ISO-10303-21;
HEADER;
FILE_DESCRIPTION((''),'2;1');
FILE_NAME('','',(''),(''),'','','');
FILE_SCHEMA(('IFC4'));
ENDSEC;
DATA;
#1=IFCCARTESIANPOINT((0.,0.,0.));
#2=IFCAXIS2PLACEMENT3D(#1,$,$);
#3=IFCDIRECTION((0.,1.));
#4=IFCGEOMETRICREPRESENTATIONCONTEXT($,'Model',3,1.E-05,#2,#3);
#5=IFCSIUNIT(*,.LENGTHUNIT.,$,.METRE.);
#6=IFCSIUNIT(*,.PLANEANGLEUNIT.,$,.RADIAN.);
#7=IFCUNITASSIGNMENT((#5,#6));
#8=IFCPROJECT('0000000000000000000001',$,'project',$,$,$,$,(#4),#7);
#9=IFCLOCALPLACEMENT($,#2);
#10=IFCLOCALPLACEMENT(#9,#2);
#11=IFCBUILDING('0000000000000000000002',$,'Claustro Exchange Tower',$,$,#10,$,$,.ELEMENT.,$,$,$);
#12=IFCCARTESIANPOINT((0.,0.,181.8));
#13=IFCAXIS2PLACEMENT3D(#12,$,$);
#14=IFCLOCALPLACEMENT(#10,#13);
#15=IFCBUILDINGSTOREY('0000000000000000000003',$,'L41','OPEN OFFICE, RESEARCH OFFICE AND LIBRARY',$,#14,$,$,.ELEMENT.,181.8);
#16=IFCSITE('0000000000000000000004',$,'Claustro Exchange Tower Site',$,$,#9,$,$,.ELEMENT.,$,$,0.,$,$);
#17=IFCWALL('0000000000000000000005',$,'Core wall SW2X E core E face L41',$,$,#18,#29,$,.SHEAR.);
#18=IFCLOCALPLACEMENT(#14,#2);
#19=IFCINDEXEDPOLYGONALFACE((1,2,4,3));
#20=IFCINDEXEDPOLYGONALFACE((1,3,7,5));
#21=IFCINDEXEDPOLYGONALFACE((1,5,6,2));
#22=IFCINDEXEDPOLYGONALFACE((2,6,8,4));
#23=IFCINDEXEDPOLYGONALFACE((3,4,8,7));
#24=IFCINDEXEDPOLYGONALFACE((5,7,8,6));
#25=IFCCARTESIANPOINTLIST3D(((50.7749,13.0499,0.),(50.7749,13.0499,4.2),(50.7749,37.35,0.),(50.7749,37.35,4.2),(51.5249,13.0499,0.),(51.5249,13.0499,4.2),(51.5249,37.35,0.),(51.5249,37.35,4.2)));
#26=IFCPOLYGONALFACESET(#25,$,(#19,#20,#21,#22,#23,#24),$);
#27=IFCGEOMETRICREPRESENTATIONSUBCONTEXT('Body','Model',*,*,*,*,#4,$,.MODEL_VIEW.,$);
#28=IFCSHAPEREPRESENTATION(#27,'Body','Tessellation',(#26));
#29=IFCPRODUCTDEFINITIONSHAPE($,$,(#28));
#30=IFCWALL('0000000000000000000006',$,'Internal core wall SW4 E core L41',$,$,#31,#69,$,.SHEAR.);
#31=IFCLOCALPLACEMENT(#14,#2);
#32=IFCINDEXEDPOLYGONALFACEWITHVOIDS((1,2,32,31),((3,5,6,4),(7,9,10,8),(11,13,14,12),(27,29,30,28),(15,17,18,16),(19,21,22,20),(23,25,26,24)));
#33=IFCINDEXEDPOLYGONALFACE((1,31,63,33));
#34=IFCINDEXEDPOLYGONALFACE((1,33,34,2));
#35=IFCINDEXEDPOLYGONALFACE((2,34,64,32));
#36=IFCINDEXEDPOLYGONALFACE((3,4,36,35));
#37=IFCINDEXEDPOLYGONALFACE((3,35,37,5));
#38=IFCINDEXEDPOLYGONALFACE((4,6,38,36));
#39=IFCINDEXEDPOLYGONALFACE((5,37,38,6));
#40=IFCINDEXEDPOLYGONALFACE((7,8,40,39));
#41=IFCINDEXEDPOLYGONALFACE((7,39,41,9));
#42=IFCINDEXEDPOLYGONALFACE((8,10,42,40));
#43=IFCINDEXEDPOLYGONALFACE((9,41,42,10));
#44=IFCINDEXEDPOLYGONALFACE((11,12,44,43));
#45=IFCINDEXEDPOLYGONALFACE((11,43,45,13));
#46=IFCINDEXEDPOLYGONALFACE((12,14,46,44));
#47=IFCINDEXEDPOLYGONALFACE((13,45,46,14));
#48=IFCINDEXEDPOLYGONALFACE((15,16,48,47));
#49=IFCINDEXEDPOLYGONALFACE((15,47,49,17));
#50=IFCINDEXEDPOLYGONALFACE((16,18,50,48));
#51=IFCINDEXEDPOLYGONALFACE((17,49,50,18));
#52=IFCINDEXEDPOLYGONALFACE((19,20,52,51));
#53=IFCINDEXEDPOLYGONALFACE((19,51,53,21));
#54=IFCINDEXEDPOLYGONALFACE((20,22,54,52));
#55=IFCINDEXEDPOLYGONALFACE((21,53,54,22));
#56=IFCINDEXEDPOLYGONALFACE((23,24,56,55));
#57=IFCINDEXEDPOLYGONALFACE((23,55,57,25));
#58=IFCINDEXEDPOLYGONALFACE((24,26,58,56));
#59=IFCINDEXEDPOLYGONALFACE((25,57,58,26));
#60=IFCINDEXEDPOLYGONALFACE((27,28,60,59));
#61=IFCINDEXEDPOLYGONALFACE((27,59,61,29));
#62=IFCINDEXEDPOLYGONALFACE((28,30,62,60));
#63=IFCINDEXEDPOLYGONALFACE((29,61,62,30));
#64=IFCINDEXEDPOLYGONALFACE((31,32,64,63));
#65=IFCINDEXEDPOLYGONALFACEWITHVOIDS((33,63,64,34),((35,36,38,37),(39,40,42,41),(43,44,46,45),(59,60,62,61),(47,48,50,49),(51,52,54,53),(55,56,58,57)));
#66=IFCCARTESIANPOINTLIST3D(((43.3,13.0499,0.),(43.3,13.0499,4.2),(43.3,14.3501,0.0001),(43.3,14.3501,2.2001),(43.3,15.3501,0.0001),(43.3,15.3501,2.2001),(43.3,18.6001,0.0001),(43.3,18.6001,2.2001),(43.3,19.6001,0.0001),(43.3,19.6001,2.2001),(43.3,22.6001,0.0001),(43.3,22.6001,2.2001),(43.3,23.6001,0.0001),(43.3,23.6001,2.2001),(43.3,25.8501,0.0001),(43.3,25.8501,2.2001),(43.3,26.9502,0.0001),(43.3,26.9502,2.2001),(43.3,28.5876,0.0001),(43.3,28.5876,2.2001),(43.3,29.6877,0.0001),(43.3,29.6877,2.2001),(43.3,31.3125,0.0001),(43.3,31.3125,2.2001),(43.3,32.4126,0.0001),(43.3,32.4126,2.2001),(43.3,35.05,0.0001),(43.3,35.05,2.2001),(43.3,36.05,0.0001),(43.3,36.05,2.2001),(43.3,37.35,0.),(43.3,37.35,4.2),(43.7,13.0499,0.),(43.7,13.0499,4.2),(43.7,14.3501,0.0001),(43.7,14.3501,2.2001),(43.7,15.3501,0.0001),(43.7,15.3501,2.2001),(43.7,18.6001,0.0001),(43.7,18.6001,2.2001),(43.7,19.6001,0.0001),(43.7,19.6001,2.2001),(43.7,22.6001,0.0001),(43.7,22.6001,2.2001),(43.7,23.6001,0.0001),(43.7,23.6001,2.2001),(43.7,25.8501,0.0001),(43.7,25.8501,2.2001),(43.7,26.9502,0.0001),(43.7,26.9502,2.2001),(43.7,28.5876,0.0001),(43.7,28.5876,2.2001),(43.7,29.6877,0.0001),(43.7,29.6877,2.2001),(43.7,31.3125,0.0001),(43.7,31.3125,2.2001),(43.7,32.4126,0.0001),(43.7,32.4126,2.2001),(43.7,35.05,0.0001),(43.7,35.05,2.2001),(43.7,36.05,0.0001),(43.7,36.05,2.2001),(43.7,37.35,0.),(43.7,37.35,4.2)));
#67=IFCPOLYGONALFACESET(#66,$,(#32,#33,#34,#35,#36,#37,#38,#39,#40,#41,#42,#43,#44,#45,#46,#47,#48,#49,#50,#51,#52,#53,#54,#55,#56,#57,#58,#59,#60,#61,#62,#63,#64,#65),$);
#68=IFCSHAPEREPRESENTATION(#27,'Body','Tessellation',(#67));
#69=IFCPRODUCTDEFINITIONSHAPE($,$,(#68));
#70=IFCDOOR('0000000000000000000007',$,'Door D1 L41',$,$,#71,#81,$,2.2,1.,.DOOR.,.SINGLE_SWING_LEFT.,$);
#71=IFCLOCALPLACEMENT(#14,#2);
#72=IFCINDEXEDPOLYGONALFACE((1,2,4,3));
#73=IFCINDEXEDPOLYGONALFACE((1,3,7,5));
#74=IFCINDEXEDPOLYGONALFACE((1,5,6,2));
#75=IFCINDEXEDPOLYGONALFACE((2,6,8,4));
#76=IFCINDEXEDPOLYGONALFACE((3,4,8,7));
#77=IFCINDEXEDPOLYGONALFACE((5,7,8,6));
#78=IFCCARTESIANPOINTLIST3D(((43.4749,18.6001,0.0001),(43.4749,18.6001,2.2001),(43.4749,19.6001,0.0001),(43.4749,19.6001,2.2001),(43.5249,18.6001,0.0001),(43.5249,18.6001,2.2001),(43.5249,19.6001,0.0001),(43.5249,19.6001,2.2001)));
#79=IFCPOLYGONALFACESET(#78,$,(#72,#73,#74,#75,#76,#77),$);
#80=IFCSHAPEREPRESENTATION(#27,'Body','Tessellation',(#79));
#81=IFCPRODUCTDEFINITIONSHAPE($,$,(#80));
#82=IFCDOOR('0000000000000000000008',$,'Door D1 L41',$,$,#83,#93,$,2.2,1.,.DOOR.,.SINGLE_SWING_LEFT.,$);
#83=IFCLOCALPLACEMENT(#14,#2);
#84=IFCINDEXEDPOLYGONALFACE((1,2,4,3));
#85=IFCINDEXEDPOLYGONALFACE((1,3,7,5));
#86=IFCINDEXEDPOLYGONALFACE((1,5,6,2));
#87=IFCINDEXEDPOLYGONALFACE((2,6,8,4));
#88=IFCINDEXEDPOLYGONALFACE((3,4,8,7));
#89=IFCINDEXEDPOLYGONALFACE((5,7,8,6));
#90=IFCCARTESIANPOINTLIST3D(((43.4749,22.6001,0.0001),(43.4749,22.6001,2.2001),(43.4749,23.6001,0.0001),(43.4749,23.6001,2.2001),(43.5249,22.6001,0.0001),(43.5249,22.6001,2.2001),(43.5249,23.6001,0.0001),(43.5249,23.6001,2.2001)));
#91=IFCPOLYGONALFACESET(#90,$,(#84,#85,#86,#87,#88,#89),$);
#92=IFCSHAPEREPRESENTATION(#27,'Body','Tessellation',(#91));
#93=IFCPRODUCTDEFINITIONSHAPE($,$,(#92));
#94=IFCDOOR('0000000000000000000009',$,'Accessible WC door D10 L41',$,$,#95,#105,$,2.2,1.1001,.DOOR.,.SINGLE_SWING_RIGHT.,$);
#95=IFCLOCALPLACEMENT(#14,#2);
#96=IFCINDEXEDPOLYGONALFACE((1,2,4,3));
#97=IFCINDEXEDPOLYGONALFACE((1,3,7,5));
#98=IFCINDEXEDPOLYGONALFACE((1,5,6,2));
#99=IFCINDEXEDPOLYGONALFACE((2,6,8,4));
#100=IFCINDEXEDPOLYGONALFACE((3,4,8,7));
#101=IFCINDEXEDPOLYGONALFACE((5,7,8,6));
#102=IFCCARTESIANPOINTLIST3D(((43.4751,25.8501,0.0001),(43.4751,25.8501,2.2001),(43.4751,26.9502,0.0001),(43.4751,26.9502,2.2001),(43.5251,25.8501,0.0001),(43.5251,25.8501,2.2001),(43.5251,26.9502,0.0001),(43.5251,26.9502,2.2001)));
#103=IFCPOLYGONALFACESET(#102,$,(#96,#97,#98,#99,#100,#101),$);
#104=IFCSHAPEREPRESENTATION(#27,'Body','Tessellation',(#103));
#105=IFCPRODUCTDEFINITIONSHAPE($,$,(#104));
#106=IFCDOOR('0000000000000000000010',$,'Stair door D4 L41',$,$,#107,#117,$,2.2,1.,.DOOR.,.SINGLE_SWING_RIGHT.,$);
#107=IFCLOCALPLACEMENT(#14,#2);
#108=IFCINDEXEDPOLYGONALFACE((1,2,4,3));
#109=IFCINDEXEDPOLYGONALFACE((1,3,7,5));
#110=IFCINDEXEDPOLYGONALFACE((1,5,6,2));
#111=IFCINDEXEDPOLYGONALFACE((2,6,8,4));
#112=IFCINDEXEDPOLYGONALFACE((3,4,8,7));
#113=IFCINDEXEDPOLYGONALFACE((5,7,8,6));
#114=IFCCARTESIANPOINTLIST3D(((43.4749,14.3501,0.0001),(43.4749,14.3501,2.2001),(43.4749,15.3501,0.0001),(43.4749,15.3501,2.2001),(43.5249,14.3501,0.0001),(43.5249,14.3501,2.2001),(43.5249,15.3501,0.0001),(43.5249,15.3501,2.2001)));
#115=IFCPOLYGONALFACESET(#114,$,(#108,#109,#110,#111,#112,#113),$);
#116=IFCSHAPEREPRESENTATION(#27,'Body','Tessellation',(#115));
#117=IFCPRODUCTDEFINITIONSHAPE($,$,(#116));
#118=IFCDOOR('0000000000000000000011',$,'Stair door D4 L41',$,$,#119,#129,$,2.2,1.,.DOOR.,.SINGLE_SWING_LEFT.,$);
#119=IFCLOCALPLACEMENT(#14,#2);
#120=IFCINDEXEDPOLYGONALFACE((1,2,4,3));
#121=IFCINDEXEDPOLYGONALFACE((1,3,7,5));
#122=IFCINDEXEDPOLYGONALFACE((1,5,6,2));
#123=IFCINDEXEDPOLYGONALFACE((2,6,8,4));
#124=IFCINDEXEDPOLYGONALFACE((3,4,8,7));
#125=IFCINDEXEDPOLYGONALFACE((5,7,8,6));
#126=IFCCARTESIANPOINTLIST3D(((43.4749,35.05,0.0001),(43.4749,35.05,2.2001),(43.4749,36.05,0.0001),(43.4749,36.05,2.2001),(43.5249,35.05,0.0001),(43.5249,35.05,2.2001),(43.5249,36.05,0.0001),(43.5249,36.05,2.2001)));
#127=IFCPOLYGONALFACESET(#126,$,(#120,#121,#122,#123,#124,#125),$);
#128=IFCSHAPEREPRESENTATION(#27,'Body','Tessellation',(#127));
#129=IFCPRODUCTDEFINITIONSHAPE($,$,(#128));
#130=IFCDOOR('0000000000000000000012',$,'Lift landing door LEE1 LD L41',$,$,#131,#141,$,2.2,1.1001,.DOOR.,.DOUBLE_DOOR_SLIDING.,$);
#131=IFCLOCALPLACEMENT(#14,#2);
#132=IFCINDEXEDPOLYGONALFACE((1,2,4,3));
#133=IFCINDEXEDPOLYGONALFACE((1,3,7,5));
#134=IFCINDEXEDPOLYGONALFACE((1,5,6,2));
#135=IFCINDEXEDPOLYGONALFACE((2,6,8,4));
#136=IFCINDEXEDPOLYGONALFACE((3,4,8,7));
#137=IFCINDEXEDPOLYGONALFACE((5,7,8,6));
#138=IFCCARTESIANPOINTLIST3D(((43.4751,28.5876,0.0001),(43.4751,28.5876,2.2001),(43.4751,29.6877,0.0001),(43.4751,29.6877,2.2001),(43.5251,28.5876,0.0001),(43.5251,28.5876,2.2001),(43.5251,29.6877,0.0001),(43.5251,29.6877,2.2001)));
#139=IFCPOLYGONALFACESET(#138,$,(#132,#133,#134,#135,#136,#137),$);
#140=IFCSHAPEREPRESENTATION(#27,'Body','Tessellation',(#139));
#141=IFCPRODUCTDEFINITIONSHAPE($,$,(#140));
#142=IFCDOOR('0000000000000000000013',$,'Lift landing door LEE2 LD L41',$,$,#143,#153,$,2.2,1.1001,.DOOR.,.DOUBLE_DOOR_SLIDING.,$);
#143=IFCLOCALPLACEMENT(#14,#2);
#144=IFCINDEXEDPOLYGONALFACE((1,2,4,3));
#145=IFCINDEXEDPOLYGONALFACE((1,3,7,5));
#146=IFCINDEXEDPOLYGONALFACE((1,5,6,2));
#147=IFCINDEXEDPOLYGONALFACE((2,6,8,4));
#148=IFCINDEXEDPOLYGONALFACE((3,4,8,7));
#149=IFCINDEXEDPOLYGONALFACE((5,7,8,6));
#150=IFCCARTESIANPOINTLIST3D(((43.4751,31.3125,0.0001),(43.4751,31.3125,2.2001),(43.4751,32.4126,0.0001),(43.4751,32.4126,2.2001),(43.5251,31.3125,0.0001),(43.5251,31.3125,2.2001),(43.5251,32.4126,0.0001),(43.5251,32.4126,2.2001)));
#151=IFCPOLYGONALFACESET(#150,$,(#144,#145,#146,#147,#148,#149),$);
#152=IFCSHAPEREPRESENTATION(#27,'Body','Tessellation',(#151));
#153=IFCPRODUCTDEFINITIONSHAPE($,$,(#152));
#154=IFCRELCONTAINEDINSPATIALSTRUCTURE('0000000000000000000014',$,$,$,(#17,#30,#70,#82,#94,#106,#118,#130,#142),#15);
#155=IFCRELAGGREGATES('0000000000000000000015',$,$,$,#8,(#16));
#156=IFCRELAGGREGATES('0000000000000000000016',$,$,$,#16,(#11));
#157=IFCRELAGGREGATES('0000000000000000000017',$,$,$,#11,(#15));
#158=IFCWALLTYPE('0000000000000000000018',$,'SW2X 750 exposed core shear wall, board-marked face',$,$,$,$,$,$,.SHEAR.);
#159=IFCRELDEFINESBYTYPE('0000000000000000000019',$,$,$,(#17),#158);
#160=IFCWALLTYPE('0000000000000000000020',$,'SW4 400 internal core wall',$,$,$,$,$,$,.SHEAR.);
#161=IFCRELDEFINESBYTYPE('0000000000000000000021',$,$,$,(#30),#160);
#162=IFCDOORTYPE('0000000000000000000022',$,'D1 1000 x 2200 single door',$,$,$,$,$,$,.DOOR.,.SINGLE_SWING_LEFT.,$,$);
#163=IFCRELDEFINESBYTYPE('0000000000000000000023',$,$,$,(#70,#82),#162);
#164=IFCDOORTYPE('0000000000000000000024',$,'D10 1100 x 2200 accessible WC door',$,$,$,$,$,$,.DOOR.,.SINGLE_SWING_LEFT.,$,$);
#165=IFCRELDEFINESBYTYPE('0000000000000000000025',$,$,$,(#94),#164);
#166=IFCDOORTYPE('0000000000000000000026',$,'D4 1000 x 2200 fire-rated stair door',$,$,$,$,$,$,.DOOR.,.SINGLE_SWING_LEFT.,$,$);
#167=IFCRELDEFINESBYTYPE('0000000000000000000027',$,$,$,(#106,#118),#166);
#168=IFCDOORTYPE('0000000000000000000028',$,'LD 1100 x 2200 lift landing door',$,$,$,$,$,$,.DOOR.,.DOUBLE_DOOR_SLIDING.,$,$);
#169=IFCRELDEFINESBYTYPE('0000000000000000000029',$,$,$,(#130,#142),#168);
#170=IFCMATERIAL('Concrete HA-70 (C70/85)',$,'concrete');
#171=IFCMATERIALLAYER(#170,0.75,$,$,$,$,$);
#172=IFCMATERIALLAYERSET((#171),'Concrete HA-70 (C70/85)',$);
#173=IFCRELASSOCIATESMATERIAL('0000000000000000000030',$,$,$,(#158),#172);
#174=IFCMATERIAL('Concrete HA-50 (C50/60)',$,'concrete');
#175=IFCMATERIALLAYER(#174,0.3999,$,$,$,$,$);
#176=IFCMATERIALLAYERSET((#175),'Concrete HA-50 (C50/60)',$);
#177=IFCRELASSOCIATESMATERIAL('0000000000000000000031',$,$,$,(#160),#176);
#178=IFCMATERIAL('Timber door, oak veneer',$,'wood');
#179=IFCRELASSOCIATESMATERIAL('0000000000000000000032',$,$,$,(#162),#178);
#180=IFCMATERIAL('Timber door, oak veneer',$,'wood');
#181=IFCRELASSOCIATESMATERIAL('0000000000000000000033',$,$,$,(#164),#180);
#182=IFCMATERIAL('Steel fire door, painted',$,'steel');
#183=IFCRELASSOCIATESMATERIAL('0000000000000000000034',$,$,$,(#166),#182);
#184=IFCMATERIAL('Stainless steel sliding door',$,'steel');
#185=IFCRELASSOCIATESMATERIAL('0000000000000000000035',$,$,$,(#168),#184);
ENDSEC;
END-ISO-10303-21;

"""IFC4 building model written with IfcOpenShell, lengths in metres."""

from ifc_helpers import new_model, si_unit, direction, frame, frame_2d, origin, place, context, subcontext, project, spatial, rectangle, extrude, material, layer, layer_set, type_object, element, fill, save


model = new_model("IFC4")

# Units and contexts
model_context = context("Model", 3, precision=1e-05, world=origin(), true_north=direction((0.0, 1.0)))
body_context = subcontext(model_context, "Body", "Model", "MODEL_VIEW")
ifc_project = project(units=[si_unit("LENGTHUNIT", "METRE"), si_unit("PLANEANGLEUNIT", "RADIAN")], contexts=[model_context])

# Site, building, storey
site_placement = place(None, origin())
site = spatial("IfcSite", under=ifc_project, at=site_placement, Name="Claustro Exchange Tower Site", CompositionType="ELEMENT", RefElevation=0.0)
building_placement = place(site_placement, origin())
building = spatial("IfcBuilding", under=site, at=building_placement, Name="Claustro Exchange Tower", CompositionType="ELEMENT")
storey_placement = place(building_placement, frame((0.0, 0.0, 181.8)))
storey = spatial("IfcBuildingStorey", under=building, at=storey_placement, Name="L41", Description="OPEN OFFICE, RESEARCH OFFICE AND LIBRARY", CompositionType="ELEMENT", Elevation=181.8)

# Wall
ifc_material_1 = material(Name="Concrete HA-70 (C70/85)", Category="concrete")
ifc_layer_1 = layer(ifc_material_1, 0.75)
ifc_layer_set_1 = layer_set([ifc_layer_1], Name="Concrete HA-70 (C70/85)")
wall_type_1 = type_object("IfcWallType", Name="SW2X 750 exposed core shear wall, board-marked face", PredefinedType="SHEAR", material=ifc_layer_set_1)
wall_1_placement = place(storey_placement, frame((51.1499, 13.05, 0.0), z_axis=(0.0, 0.0, 1.0), x_axis=(0.0, 1.0, 0.0)))
element("IfcWall", 1, at=wall_1_placement, inside=storey, type_object=wall_type_1, Name="Core wall SW2X E core E face L41", PredefinedType="SHEAR", context=body_context, shape_type="SweptSolid", body=[
    extrude(rectangle(XDim=24.3, YDim=0.75, at=frame_2d((12.1499, 0.0))), origin(), (0.0, 0.0, 1.0), 4.2),
])

# Wall, openings, doors
ifc_material_2 = material(Name="Concrete HA-50 (C50/60)", Category="concrete")
ifc_layer_2 = layer(ifc_material_2, 0.3999)
ifc_layer_set_2 = layer_set([ifc_layer_2], Name="Concrete HA-50 (C50/60)")
wall_type_2 = type_object("IfcWallType", Name="SW4 400 internal core wall", PredefinedType="SHEAR", material=ifc_layer_set_2)
wall_2_placement = place(storey_placement, frame((43.5, 13.05, 0.0), z_axis=(0.0, 0.0, 1.0), x_axis=(0.0, 1.0, 0.0)))
wall_2 = element("IfcWall", 2, at=wall_2_placement, inside=storey, type_object=wall_type_2, Name="Internal core wall SW4 E core L41", PredefinedType="SHEAR", context=body_context, shape_type="SweptSolid", body=[
    extrude(rectangle(XDim=24.3, YDim=0.3999, at=frame_2d((12.1499, 0.0))), origin(), (0.0, 0.0, 1.0), 4.2),
])
opening_1_placement = place(wall_2_placement, frame((1.3, 0.0, 0.0)))
opening_1 = element("IfcOpeningElement", 3, at=opening_1_placement, cuts=wall_2, PredefinedType="OPENING", context=body_context, shape_type="SweptSolid", body=[
    extrude(rectangle(XDim=1.0, YDim=2.2, at=frame_2d((0.5, 1.1001))), frame((0.0, 0.21, 0.0), z_axis=(0.0, -1.0, 0.0), x_axis=(1.0, 0.0, 0.0)), (0.0, 0.0, 1.0), 0.4199),
])
opening_2_placement = place(wall_2_placement, frame((22.0, 0.0, 0.0)))
opening_2 = element("IfcOpeningElement", 4, at=opening_2_placement, cuts=wall_2, PredefinedType="OPENING", context=body_context, shape_type="SweptSolid", body=[
    extrude(rectangle(XDim=1.0, YDim=2.2, at=frame_2d((0.5, 1.1001))), frame((0.0, 0.21, 0.0), z_axis=(0.0, -1.0, 0.0), x_axis=(1.0, 0.0, 0.0)), (0.0, 0.0, 1.0), 0.4199),
])
opening_3_placement = place(wall_2_placement, frame((5.55, 0.0, 0.0)))
opening_3 = element("IfcOpeningElement", 5, at=opening_3_placement, cuts=wall_2, PredefinedType="OPENING", context=body_context, shape_type="SweptSolid", body=[
    extrude(rectangle(XDim=1.0, YDim=2.2, at=frame_2d((0.5, 1.1001))), frame((0.0, 0.21, 0.0), z_axis=(0.0, -1.0, 0.0), x_axis=(1.0, 0.0, 0.0)), (0.0, 0.0, 1.0), 0.4199),
])
opening_4_placement = place(wall_2_placement, frame((9.55, 0.0, 0.0)))
opening_4 = element("IfcOpeningElement", 6, at=opening_4_placement, cuts=wall_2, PredefinedType="OPENING", context=body_context, shape_type="SweptSolid", body=[
    extrude(rectangle(XDim=1.0, YDim=2.2, at=frame_2d((0.5, 1.1001))), frame((0.0, 0.21, 0.0), z_axis=(0.0, -1.0, 0.0), x_axis=(1.0, 0.0, 0.0)), (0.0, 0.0, 1.0), 0.4199),
])
opening_5_placement = place(wall_2_placement, frame((12.8, 0.0, 0.0)))
opening_5 = element("IfcOpeningElement", 7, at=opening_5_placement, cuts=wall_2, PredefinedType="OPENING", context=body_context, shape_type="SweptSolid", body=[
    extrude(rectangle(XDim=1.1001, YDim=2.2, at=frame_2d((0.55, 1.1001))), frame((0.0, 0.21, 0.0), z_axis=(0.0, -1.0, 0.0), x_axis=(1.0, 0.0, 0.0)), (0.0, 0.0, 1.0), 0.4199),
])
opening_6_placement = place(wall_2_placement, frame((15.5376, 0.0, 0.0)))
opening_6 = element("IfcOpeningElement", 8, at=opening_6_placement, cuts=wall_2, PredefinedType="OPENING", context=body_context, shape_type="SweptSolid", body=[
    extrude(rectangle(XDim=1.1001, YDim=2.2, at=frame_2d((0.55, 1.1001))), frame((0.0, 0.21, 0.0), z_axis=(0.0, -1.0, 0.0), x_axis=(1.0, 0.0, 0.0)), (0.0, 0.0, 1.0), 0.4199),
])
opening_7_placement = place(wall_2_placement, frame((18.2625, 0.0, 0.0)))
opening_7 = element("IfcOpeningElement", 9, at=opening_7_placement, cuts=wall_2, PredefinedType="OPENING", context=body_context, shape_type="SweptSolid", body=[
    extrude(rectangle(XDim=1.1001, YDim=2.2, at=frame_2d((0.55, 1.1001))), frame((0.0, 0.21, 0.0), z_axis=(0.0, -1.0, 0.0), x_axis=(1.0, 0.0, 0.0)), (0.0, 0.0, 1.0), 0.4199),
])
ifc_material_3 = material(Name="Timber door, oak veneer", Category="wood")
door_type_1 = type_object("IfcDoorType", Name="D1 1000 x 2200 single door", OperationType="SINGLE_SWING_LEFT", PredefinedType="DOOR", material=ifc_material_3)
door_1_placement = place(opening_3_placement, frame((1.0, 0.0, 0.0), z_axis=(0.0, 0.0, 1.0), x_axis=(-1.0, 0.0, 0.0)))
door_1 = element("IfcDoor", 10, at=door_1_placement, inside=storey, type_object=door_type_1, Name="Door D1 L41", OperationType="SINGLE_SWING_LEFT", OverallHeight=2.2, OverallWidth=1.0, PredefinedType="DOOR", context=body_context, shape_type="SweptSolid", body=[
    extrude(rectangle(XDim=1.0, YDim=2.2, at=frame_2d((0.5, 1.1001))), frame((0.0, 0.0249, 0.0), z_axis=(0.0, -1.0, 0.0), x_axis=(1.0, 0.0, 0.0)), (0.0, 0.0, 1.0), 0.05),
])
fill(opening_3, door_1)
door_2_placement = place(opening_4_placement, frame((1.0, 0.0, 0.0), z_axis=(0.0, 0.0, 1.0), x_axis=(-1.0, 0.0, 0.0)))
door_2 = element("IfcDoor", 11, at=door_2_placement, inside=storey, type_object=door_type_1, Name="Door D1 L41", OperationType="SINGLE_SWING_LEFT", OverallHeight=2.2, OverallWidth=1.0, PredefinedType="DOOR", context=body_context, shape_type="SweptSolid", body=[
    extrude(rectangle(XDim=1.0, YDim=2.2, at=frame_2d((0.5, 1.1001))), frame((0.0, 0.0249, 0.0), z_axis=(0.0, -1.0, 0.0), x_axis=(1.0, 0.0, 0.0)), (0.0, 0.0, 1.0), 0.05),
])
fill(opening_4, door_2)
ifc_material_4 = material(Name="Timber door, oak veneer", Category="wood")
door_type_2 = type_object("IfcDoorType", Name="D10 1100 x 2200 accessible WC door", OperationType="SINGLE_SWING_LEFT", PredefinedType="DOOR", material=ifc_material_4)
door_3_placement = place(opening_5_placement, origin())
door_3 = element("IfcDoor", 12, at=door_3_placement, inside=storey, type_object=door_type_2, Name="Accessible WC door D10 L41", OperationType="SINGLE_SWING_RIGHT", OverallHeight=2.2, OverallWidth=1.1001, PredefinedType="DOOR", context=body_context, shape_type="SweptSolid", body=[
    extrude(rectangle(XDim=1.1001, YDim=2.2, at=frame_2d((0.55, 1.1001))), frame((0.0, 0.0249, 0.0), z_axis=(0.0, -1.0, 0.0), x_axis=(1.0, 0.0, 0.0)), (0.0, 0.0, 1.0), 0.05),
])
fill(opening_5, door_3)
ifc_material_5 = material(Name="Steel fire door, painted", Category="steel")
door_type_3 = type_object("IfcDoorType", Name="D4 1000 x 2200 fire-rated stair door", OperationType="SINGLE_SWING_LEFT", PredefinedType="DOOR", material=ifc_material_5)
door_4_placement = place(opening_1_placement, frame((1.0, 0.0, 0.0), z_axis=(0.0, 0.0, 1.0), x_axis=(-1.0, 0.0, 0.0)))
door_4 = element("IfcDoor", 13, at=door_4_placement, inside=storey, type_object=door_type_3, Name="Stair door D4 L41", OperationType="SINGLE_SWING_RIGHT", OverallHeight=2.2, OverallWidth=1.0, PredefinedType="DOOR", context=body_context, shape_type="SweptSolid", body=[
    extrude(rectangle(XDim=1.0, YDim=2.2, at=frame_2d((0.5, 1.1001))), frame((0.0, 0.0249, 0.0), z_axis=(0.0, -1.0, 0.0), x_axis=(1.0, 0.0, 0.0)), (0.0, 0.0, 1.0), 0.05),
])
fill(opening_1, door_4)
door_5_placement = place(opening_2_placement, frame((1.0, 0.0, 0.0), z_axis=(0.0, 0.0, 1.0), x_axis=(-1.0, 0.0, 0.0)))
door_5 = element("IfcDoor", 14, at=door_5_placement, inside=storey, type_object=door_type_3, Name="Stair door D4 L41", OperationType="SINGLE_SWING_LEFT", OverallHeight=2.2, OverallWidth=1.0, PredefinedType="DOOR", context=body_context, shape_type="SweptSolid", body=[
    extrude(rectangle(XDim=1.0, YDim=2.2, at=frame_2d((0.5, 1.1001))), frame((0.0, 0.0249, 0.0), z_axis=(0.0, -1.0, 0.0), x_axis=(1.0, 0.0, 0.0)), (0.0, 0.0, 1.0), 0.05),
])
fill(opening_2, door_5)
ifc_material_6 = material(Name="Stainless steel sliding door", Category="steel")
door_type_4 = type_object("IfcDoorType", Name="LD 1100 x 2200 lift landing door", OperationType="DOUBLE_DOOR_SLIDING", PredefinedType="DOOR", material=ifc_material_6)
door_6_placement = place(opening_6_placement, origin())
door_6 = element("IfcDoor", 15, at=door_6_placement, inside=storey, type_object=door_type_4, Name="Lift landing door LEE1 LD L41", OperationType="DOUBLE_DOOR_SLIDING", OverallHeight=2.2, OverallWidth=1.1001, PredefinedType="DOOR", context=body_context, shape_type="SweptSolid", body=[
    extrude(rectangle(XDim=1.1001, YDim=2.2, at=frame_2d((0.55, 1.1001))), frame((0.0, 0.0249, 0.0), z_axis=(0.0, -1.0, 0.0), x_axis=(1.0, 0.0, 0.0)), (0.0, 0.0, 1.0), 0.05),
])
fill(opening_6, door_6)
door_7_placement = place(opening_7_placement, origin())
door_7 = element("IfcDoor", 16, at=door_7_placement, inside=storey, type_object=door_type_4, Name="Lift landing door LEE2 LD L41", OperationType="DOUBLE_DOOR_SLIDING", OverallHeight=2.2, OverallWidth=1.1001, PredefinedType="DOOR", context=body_context, shape_type="SweptSolid", body=[
    extrude(rectangle(XDim=1.1001, YDim=2.2, at=frame_2d((0.55, 1.1001))), frame((0.0, 0.0249, 0.0), z_axis=(0.0, -1.0, 0.0), x_axis=(1.0, 0.0, 0.0)), (0.0, 0.0, 1.0), 0.05),
])
fill(opening_7, door_7)

save(model, "model.ifc")
